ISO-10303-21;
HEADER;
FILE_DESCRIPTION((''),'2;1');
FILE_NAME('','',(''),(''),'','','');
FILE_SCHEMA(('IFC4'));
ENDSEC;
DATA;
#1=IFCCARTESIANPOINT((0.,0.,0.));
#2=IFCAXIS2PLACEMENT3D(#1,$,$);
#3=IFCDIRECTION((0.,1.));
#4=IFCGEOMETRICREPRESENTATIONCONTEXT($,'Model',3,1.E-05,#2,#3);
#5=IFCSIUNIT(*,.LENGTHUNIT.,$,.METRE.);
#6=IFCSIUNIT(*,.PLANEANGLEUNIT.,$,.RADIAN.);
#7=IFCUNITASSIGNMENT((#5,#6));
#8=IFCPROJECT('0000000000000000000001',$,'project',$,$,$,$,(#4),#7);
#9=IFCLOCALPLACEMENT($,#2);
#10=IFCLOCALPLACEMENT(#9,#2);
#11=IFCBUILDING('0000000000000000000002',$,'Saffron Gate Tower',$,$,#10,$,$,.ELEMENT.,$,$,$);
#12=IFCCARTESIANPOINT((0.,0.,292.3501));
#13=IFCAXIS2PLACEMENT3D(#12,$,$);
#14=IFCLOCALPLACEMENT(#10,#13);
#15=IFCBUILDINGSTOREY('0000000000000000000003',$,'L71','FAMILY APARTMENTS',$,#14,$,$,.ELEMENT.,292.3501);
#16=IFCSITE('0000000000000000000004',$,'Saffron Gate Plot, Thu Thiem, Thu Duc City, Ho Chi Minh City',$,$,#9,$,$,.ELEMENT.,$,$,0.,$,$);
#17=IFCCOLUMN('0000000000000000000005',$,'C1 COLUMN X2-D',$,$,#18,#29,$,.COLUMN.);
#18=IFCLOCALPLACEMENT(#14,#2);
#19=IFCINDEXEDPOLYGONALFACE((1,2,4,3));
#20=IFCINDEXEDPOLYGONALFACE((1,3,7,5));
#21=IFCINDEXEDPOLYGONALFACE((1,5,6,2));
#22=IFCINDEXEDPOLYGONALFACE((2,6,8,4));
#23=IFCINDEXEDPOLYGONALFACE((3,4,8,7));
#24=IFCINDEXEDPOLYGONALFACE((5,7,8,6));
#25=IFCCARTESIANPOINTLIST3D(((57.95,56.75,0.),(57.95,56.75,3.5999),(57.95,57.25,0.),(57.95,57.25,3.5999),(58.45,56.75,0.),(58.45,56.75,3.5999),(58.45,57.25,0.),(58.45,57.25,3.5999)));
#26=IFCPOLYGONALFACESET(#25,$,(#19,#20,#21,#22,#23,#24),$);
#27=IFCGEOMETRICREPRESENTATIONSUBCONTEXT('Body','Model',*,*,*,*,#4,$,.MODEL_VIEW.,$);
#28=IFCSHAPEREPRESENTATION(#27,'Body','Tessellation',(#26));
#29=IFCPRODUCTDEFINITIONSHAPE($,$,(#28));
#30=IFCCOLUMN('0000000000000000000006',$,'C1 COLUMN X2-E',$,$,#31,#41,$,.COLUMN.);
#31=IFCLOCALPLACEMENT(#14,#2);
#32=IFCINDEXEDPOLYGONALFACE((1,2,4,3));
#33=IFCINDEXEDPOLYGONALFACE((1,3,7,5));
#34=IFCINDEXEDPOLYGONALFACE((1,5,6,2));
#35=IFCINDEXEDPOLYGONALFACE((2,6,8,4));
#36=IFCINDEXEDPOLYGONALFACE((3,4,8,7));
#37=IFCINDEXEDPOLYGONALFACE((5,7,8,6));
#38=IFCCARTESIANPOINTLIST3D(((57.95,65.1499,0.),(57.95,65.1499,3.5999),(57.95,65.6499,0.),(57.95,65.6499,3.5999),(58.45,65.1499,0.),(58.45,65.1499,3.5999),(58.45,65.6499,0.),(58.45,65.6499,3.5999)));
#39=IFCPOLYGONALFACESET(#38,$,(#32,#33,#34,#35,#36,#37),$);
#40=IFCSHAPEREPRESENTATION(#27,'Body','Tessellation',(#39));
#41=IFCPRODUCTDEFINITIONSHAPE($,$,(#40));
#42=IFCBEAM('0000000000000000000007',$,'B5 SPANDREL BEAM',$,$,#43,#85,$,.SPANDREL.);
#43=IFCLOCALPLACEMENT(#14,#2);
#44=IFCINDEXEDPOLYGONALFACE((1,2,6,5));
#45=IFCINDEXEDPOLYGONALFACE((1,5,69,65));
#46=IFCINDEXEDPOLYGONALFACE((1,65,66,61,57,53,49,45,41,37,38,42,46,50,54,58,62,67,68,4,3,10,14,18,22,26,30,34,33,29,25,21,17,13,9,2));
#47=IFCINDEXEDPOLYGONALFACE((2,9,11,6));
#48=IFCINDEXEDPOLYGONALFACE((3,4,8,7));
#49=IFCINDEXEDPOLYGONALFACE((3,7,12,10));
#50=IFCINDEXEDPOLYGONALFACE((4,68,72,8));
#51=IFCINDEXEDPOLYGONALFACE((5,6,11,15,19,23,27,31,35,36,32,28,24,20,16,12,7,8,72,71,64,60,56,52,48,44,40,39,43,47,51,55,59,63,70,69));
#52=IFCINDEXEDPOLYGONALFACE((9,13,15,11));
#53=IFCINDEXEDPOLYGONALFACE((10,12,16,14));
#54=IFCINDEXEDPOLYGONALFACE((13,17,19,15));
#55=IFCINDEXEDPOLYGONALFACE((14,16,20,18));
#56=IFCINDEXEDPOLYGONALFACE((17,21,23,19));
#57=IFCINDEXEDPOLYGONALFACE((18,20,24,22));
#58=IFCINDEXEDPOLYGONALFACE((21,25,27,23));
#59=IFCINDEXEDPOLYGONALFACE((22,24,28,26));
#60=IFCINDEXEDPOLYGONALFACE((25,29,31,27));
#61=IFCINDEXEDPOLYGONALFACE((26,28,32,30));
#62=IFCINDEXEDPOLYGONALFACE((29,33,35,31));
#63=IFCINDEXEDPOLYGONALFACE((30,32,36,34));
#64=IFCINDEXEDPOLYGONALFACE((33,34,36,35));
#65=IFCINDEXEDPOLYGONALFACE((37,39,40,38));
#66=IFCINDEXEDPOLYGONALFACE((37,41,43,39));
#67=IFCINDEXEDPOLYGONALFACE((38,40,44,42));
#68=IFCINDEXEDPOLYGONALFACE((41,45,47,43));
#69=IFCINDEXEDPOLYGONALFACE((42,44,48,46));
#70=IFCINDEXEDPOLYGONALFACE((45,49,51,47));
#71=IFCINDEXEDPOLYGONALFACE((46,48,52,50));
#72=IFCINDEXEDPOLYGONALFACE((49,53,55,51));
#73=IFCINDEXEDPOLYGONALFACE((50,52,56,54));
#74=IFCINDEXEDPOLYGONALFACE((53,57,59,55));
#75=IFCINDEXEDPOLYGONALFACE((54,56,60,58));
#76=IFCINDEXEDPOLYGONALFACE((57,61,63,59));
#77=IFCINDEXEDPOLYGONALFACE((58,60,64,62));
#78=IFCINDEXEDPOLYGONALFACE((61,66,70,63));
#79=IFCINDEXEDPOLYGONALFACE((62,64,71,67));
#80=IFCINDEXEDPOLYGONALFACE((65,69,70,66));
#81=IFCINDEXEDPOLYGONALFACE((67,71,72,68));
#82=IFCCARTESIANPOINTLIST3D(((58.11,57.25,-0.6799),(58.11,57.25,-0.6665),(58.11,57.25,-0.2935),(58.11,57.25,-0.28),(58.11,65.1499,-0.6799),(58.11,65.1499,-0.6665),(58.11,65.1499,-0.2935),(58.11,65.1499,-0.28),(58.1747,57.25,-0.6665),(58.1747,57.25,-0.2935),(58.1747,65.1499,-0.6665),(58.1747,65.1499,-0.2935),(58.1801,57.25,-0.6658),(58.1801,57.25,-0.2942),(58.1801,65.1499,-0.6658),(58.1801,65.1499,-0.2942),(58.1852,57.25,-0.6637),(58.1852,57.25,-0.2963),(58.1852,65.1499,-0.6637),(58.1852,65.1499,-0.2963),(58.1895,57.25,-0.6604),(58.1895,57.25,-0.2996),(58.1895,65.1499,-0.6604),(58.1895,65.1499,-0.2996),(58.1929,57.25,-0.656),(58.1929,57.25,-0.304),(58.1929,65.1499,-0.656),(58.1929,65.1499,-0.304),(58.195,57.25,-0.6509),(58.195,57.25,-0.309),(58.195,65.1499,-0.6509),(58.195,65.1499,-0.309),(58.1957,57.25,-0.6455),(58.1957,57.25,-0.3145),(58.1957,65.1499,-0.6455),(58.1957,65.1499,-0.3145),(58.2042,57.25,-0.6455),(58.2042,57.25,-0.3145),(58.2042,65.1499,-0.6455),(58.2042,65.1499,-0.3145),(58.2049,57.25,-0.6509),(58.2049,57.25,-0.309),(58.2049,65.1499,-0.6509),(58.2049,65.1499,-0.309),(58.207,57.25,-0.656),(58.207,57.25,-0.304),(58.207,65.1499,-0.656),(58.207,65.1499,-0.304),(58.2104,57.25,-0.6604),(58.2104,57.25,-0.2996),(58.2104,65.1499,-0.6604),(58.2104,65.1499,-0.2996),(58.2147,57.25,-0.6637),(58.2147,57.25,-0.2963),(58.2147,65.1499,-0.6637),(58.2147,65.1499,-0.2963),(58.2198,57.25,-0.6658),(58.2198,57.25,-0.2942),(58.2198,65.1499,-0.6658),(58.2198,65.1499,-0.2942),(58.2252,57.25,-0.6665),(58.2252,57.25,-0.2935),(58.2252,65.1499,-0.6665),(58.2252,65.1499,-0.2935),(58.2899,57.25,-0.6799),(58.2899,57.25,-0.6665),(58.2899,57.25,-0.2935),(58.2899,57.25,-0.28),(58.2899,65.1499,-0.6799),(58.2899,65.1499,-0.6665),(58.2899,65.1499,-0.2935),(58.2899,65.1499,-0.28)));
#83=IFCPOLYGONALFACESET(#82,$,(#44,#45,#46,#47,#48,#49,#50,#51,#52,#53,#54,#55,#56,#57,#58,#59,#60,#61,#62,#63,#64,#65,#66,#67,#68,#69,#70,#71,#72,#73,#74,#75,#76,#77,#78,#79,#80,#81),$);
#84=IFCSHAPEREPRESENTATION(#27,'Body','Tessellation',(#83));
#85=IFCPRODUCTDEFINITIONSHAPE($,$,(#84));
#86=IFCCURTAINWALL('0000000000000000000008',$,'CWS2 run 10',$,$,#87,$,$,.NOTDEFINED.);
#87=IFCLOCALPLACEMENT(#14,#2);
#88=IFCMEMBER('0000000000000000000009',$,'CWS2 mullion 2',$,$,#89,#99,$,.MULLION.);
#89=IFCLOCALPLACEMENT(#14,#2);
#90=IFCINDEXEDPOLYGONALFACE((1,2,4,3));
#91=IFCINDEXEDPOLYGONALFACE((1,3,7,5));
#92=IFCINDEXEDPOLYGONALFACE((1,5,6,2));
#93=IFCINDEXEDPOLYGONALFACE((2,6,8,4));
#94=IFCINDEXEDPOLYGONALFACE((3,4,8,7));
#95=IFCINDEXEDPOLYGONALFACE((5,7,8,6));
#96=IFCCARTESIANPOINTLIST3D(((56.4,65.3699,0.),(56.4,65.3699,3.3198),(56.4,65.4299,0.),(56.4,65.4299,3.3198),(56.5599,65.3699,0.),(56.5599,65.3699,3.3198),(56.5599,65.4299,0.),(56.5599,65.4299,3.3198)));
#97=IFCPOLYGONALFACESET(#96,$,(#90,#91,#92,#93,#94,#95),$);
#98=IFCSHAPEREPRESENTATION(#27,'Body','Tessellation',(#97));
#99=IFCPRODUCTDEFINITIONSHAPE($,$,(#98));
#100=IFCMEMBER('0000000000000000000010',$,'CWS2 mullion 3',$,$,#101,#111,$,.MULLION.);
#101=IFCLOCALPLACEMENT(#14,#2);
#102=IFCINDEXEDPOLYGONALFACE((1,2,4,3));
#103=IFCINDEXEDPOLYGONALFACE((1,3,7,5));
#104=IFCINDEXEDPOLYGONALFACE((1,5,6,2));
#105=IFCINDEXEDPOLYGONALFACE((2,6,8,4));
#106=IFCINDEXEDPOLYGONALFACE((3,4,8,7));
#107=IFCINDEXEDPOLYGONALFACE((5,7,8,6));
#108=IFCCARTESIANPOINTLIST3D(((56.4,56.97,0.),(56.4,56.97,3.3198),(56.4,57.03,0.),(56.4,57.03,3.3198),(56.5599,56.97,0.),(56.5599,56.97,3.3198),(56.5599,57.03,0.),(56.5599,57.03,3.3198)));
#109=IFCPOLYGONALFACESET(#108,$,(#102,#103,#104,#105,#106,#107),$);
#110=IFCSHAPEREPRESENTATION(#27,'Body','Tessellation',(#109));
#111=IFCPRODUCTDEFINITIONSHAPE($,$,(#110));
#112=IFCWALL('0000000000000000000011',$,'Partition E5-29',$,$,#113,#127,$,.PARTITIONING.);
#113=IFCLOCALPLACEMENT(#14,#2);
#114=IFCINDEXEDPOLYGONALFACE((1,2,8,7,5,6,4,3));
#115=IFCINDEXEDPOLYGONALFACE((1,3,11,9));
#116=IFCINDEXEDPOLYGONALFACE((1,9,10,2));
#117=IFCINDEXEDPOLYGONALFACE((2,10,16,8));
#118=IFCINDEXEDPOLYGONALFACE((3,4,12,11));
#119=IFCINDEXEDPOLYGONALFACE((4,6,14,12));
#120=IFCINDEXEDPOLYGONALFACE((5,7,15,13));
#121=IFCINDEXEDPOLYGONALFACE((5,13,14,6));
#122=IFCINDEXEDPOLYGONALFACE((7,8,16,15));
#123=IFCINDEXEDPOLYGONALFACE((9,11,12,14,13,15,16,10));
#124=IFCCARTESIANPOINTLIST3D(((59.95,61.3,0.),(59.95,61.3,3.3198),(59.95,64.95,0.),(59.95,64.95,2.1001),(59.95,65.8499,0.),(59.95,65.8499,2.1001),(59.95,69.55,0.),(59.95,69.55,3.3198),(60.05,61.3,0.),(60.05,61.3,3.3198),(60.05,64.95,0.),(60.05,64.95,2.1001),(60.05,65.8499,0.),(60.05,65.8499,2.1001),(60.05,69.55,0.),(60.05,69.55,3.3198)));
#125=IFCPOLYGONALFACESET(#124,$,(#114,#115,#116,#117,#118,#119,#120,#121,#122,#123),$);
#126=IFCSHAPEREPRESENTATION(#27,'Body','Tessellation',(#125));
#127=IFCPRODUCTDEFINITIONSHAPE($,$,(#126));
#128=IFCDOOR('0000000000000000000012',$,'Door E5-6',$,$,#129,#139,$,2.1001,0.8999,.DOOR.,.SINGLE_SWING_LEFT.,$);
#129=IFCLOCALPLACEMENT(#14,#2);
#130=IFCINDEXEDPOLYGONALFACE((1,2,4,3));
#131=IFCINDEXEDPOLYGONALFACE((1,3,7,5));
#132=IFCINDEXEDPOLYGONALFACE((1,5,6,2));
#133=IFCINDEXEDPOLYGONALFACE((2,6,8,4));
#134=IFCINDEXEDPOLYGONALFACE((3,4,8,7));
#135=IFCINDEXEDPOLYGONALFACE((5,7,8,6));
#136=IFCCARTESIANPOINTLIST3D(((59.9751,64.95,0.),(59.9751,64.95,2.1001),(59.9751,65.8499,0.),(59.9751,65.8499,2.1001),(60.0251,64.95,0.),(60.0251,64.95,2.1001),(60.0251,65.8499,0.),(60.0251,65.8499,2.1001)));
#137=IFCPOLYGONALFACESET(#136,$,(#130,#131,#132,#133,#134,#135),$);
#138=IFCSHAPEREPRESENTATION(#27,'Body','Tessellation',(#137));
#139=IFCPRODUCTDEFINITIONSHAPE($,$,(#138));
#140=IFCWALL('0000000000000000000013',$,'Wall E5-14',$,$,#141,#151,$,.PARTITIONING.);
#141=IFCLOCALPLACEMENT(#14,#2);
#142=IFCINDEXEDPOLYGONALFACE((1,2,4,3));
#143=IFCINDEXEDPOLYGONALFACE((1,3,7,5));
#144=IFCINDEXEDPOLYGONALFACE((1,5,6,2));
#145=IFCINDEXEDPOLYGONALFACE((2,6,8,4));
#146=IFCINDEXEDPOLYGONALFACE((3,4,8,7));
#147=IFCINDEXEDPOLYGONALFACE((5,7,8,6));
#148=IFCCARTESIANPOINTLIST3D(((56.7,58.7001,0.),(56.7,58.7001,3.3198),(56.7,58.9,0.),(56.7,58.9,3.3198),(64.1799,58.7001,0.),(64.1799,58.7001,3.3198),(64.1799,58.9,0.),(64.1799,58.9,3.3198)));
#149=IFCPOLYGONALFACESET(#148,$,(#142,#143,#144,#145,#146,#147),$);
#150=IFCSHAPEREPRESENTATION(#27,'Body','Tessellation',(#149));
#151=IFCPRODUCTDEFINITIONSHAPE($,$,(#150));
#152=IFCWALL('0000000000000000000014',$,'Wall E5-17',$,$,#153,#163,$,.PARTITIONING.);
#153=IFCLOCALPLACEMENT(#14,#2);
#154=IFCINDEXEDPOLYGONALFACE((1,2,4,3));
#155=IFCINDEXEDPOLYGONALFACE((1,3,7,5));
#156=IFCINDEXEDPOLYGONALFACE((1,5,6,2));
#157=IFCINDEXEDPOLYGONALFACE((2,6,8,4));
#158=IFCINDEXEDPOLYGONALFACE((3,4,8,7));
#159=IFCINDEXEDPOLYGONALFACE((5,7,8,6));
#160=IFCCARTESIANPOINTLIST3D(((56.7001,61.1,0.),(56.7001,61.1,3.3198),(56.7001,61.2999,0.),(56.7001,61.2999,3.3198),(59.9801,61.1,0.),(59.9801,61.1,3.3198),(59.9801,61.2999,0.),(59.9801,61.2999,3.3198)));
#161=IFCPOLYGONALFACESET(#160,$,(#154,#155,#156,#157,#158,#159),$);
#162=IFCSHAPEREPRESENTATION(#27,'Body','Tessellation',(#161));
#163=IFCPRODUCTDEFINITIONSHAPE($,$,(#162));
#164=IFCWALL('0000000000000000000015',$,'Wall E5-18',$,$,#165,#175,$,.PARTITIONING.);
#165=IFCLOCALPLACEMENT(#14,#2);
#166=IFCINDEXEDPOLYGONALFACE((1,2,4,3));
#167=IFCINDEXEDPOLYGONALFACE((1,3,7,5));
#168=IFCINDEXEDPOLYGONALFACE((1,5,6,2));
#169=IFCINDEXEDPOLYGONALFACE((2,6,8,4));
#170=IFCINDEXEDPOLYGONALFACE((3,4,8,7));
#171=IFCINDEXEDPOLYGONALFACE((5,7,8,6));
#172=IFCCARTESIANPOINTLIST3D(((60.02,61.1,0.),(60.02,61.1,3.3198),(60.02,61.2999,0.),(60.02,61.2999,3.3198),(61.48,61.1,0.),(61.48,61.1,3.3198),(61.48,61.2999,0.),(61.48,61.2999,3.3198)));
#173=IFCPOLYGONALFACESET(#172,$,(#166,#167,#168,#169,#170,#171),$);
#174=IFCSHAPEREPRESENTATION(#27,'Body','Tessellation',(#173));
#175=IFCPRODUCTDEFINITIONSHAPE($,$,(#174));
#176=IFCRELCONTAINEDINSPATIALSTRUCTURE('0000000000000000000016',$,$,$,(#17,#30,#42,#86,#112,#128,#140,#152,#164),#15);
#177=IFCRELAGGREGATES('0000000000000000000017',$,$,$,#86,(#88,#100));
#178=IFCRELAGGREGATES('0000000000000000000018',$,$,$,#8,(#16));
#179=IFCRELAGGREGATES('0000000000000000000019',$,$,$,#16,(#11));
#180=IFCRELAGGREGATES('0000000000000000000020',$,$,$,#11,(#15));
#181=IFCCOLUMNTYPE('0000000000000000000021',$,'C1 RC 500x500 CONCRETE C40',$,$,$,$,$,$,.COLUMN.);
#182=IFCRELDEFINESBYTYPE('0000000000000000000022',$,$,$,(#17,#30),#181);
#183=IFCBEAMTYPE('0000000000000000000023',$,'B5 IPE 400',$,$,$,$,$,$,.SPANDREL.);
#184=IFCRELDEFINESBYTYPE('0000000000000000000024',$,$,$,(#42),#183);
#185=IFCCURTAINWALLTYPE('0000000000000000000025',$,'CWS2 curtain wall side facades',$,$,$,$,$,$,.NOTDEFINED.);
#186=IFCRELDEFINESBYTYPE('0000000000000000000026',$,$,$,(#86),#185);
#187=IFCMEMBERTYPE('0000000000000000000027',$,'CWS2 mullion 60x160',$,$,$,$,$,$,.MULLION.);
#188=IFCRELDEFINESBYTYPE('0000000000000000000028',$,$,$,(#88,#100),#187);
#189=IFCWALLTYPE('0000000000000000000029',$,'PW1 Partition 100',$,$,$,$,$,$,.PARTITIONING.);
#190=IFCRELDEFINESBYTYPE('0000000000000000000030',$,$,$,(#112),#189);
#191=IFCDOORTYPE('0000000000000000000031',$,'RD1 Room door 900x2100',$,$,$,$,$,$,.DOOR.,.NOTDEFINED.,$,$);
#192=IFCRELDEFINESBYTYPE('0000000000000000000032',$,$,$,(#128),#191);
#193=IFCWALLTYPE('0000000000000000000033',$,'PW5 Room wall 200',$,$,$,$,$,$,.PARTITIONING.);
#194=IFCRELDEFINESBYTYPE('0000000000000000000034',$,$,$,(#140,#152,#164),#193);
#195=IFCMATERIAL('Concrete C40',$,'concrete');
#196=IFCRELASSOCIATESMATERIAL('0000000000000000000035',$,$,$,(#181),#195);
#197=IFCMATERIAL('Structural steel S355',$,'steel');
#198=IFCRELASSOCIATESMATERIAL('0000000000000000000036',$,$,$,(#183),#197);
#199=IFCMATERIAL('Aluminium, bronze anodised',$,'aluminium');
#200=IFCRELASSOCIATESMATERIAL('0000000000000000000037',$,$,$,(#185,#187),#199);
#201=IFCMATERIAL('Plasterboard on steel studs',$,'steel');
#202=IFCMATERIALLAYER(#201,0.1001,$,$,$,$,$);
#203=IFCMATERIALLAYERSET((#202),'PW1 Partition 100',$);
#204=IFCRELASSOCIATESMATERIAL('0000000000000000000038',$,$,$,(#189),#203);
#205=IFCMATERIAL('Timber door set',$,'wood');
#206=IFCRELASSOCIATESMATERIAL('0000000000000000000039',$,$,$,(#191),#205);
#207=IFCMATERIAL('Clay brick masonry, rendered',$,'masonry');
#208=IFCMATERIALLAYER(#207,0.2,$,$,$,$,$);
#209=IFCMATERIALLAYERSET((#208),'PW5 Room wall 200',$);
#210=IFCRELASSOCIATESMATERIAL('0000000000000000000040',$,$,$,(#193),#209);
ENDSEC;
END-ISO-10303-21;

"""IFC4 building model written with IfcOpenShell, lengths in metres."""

from ifc_helpers import new_model, si_unit, direction, frame, frame_2d, origin, origin_2d, place, context, subcontext, project, spatial, rectangle, i_section, extrude, material, layer, layer_set, material_profile, profile_set, type_object, element, fill, aggregate, save


model = new_model("IFC4")

# Units and contexts
model_context = context("Model", 3, precision=1e-05, world=origin(), true_north=direction((0.0, 1.0)))
body_context = subcontext(model_context, "Body", "Model", "MODEL_VIEW")
ifc_project = project(units=[si_unit("LENGTHUNIT", "METRE"), si_unit("PLANEANGLEUNIT", "RADIAN")], contexts=[model_context])

# Site, building, storey
site_placement = place(None, origin())
site = spatial("IfcSite", under=ifc_project, at=site_placement, Name="Saffron Gate Plot, Thu Thiem, Thu Duc City, Ho Chi Minh City", CompositionType="ELEMENT", RefElevation=0.0)
building_placement = place(site_placement, origin())
building = spatial("IfcBuilding", under=site, at=building_placement, Name="Saffron Gate Tower", CompositionType="ELEMENT")
storey_placement = place(building_placement, frame((0.0, 0.0, 292.3501)))
storey = spatial("IfcBuildingStorey", under=building, at=storey_placement, Name="L71", Description="FAMILY APARTMENTS", CompositionType="ELEMENT", Elevation=292.3501)

# Columns
ifc_material_1 = material(Name="Concrete C40", Category="concrete")
ifc_material_profile_1 = material_profile(ifc_material_1, rectangle(XDim=0.5, YDim=0.5, at=origin_2d()))
ifc_profile_set_1 = profile_set([ifc_material_profile_1], Name="Concrete C40")
column_type = type_object("IfcColumnType", Name="C1 RC 500x500 CONCRETE C40", PredefinedType="COLUMN", material=ifc_profile_set_1)
for number, where, z_axis, x_axis, name in (
    (1, (58.2, 57.0, 0.0), (0.0, 0.0, 1.0), (1.0, 0.0, 0.0), "C1 COLUMN X2-D"),
    (2, (58.2, 65.3999, 0.0), (0.0, 0.0, 1.0), (1.0, 0.0, 0.0), "C1 COLUMN X2-E"),
):
    element("IfcColumn", number, at=place(storey_placement, frame(where, z_axis=z_axis, x_axis=x_axis)), inside=storey, type_object=column_type, Name=name, PredefinedType="COLUMN", context=body_context, shape_type="SweptSolid", body=[
        extrude(rectangle(XDim=0.5, YDim=0.5, at=origin_2d()), origin(), (0.0, 0.0, 1.0), 3.5999),
    ])

# Beam
ifc_material_2 = material(Name="Structural steel S355", Category="steel")
ifc_material_profile_2 = material_profile(ifc_material_2, i_section(OverallWidth=0.1799, OverallDepth=0.3999, WebThickness=0.0085, FlangeThickness=0.0134, FilletRadius=0.021, at=origin_2d()))
ifc_profile_set_2 = profile_set([ifc_material_profile_2], Name="Structural steel S355")
beam_type = type_object("IfcBeamType", Name="B5 IPE 400", PredefinedType="SPANDREL", material=ifc_profile_set_2)
beam_placement = place(storey_placement, frame((58.2, 57.25, -0.48), z_axis=(0.0, 1.0, 0.0), x_axis=(-1.0, 0.0, 0.0)))
element("IfcBeam", 3, at=beam_placement, inside=storey, type_object=beam_type, Name="B5 SPANDREL BEAM", PredefinedType="SPANDREL", context=body_context, shape_type="SweptSolid", body=[
    extrude(i_section(OverallWidth=0.1799, OverallDepth=0.3999, WebThickness=0.0085, FlangeThickness=0.0134, FilletRadius=0.021, at=origin_2d()), origin(), (0.0, 0.0, 1.0), 7.8999),
])

# Curtain wall, members
ifc_material_3 = material(Name="Aluminium, bronze anodised", Category="aluminium")
curtain_wall_type = type_object("IfcCurtainWallType", Name="CWS2 curtain wall side facades", PredefinedType="NOTDEFINED", material=ifc_material_3)
curtain_wall_placement = place(storey_placement, origin())
curtain_wall = element("IfcCurtainWall", 4, at=curtain_wall_placement, inside=storey, type_object=curtain_wall_type, Name="CWS2 run 10", PredefinedType="NOTDEFINED")
ifc_material_profile_3 = material_profile(ifc_material_3, rectangle(XDim=0.1599, YDim=0.0601, at=origin_2d()))
ifc_profile_set_3 = profile_set([ifc_material_profile_3], Name="Aluminium, bronze anodised")
member_type = type_object("IfcMemberType", Name="CWS2 mullion 60x160", PredefinedType="MULLION", material=ifc_profile_set_3)
member_1_placement = place(storey_placement, frame((56.48, 65.3999, 0.0), z_axis=(0.0, 0.0, 1.0), x_axis=(1.0, 0.0, 0.0)))
member_1 = element("IfcMember", 5, at=member_1_placement, type_object=member_type, Name="CWS2 mullion 2", PredefinedType="MULLION", context=body_context, shape_type="SweptSolid", body=[
    extrude(rectangle(XDim=0.1599, YDim=0.0601, at=origin_2d()), origin(), (0.0, 0.0, 1.0), 3.3198),
])
member_2_placement = place(storey_placement, frame((56.48, 57.0, 0.0), z_axis=(0.0, 0.0, 1.0), x_axis=(1.0, 0.0, 0.0)))
member_2 = element("IfcMember", 6, at=member_2_placement, type_object=member_type, Name="CWS2 mullion 3", PredefinedType="MULLION", context=body_context, shape_type="SweptSolid", body=[
    extrude(rectangle(XDim=0.1599, YDim=0.0601, at=origin_2d()), origin(), (0.0, 0.0, 1.0), 3.3198),
])
aggregate(curtain_wall, [member_1, member_2])

# Wall, opening, door
ifc_material_4 = material(Name="Plasterboard on steel studs", Category="steel")
ifc_layer_1 = layer(ifc_material_4, 0.1001)
ifc_layer_set_1 = layer_set([ifc_layer_1], Name="PW1 Partition 100")
wall_type_1 = type_object("IfcWallType", Name="PW1 Partition 100", PredefinedType="PARTITIONING", material=ifc_layer_set_1)
wall_1_placement = place(storey_placement, frame((60.0, 61.3, 0.0), z_axis=(0.0, 0.0, 1.0), x_axis=(0.0, 1.0, 0.0)))
wall_1 = element("IfcWall", 7, at=wall_1_placement, inside=storey, type_object=wall_type_1, Name="Partition E5-29", PredefinedType="PARTITIONING", context=body_context, shape_type="SweptSolid", body=[
    extrude(rectangle(XDim=8.25, YDim=0.1001, at=frame_2d((4.125, 0.0))), origin(), (0.0, 0.0, 1.0), 3.3198),
])
opening_placement = place(wall_1_placement, frame((3.6499, 0.0, 0.0)))
opening = element("IfcOpeningElement", 8, at=opening_placement, cuts=wall_1, PredefinedType="OPENING", context=body_context, shape_type="SweptSolid", body=[
    extrude(rectangle(XDim=0.8999, YDim=2.1001, at=frame_2d((0.45, 1.05))), frame((0.0, 0.0601, 0.0), z_axis=(0.0, -1.0, 0.0), x_axis=(1.0, 0.0, 0.0)), (0.0, 0.0, 1.0), 0.1201),
])
ifc_material_5 = material(Name="Timber door set", Category="wood")
door_type = type_object("IfcDoorType", Name="RD1 Room door 900x2100", OperationType="NOTDEFINED", PredefinedType="DOOR", material=ifc_material_5)
door_placement = place(opening_placement, origin())
door = element("IfcDoor", 9, at=door_placement, inside=storey, type_object=door_type, Name="Door E5-6", OperationType="SINGLE_SWING_LEFT", OverallHeight=2.1001, OverallWidth=0.8999, PredefinedType="DOOR", context=body_context, shape_type="SweptSolid", body=[
    extrude(rectangle(XDim=0.8999, YDim=2.1001, at=frame_2d((0.45, 1.05))), frame((0.0, 0.0249, 0.0), z_axis=(0.0, -1.0, 0.0), x_axis=(1.0, 0.0, 0.0)), (0.0, 0.0, 1.0), 0.05),
])
fill(opening, door)

# Walls
ifc_material_6 = material(Name="Clay brick masonry, rendered", Category="masonry")
ifc_layer_2 = layer(ifc_material_6, 0.2)
ifc_layer_set_2 = layer_set([ifc_layer_2], Name="PW5 Room wall 200")
wall_type_2 = type_object("IfcWallType", Name="PW5 Room wall 200", PredefinedType="PARTITIONING", material=ifc_layer_set_2)
wall_2_placement = place(storey_placement, frame((56.7, 58.8, 0.0), z_axis=(0.0, 0.0, 1.0), x_axis=(1.0, 0.0, 0.0)))
element("IfcWall", 10, at=wall_2_placement, inside=storey, type_object=wall_type_2, Name="Wall E5-14", PredefinedType="PARTITIONING", context=body_context, shape_type="SweptSolid", body=[
    extrude(rectangle(XDim=7.48, YDim=0.2, at=frame_2d((3.74, 0.0))), origin(), (0.0, 0.0, 1.0), 3.3198),
])
wall_3_placement = place(storey_placement, frame((56.7, 61.2, 0.0), z_axis=(0.0, 0.0, 1.0), x_axis=(1.0, 0.0, 0.0)))
element("IfcWall", 11, at=wall_3_placement, inside=storey, type_object=wall_type_2, Name="Wall E5-17", PredefinedType="PARTITIONING", context=body_context, shape_type="SweptSolid", body=[
    extrude(rectangle(XDim=3.28, YDim=0.2, at=frame_2d((1.6401, 0.0))), origin(), (0.0, 0.0, 1.0), 3.3198),
])
wall_4_placement = place(storey_placement, frame((60.02, 61.2, 0.0), z_axis=(0.0, 0.0, 1.0), x_axis=(1.0, 0.0, 0.0)))
element("IfcWall", 12, at=wall_4_placement, inside=storey, type_object=wall_type_2, Name="Wall E5-18", PredefinedType="PARTITIONING", context=body_context, shape_type="SweptSolid", body=[
    extrude(rectangle(XDim=1.46, YDim=0.2, at=frame_2d((0.73, 0.0))), origin(), (0.0, 0.0, 1.0), 3.3198),
])

save(model, "model.ifc")
